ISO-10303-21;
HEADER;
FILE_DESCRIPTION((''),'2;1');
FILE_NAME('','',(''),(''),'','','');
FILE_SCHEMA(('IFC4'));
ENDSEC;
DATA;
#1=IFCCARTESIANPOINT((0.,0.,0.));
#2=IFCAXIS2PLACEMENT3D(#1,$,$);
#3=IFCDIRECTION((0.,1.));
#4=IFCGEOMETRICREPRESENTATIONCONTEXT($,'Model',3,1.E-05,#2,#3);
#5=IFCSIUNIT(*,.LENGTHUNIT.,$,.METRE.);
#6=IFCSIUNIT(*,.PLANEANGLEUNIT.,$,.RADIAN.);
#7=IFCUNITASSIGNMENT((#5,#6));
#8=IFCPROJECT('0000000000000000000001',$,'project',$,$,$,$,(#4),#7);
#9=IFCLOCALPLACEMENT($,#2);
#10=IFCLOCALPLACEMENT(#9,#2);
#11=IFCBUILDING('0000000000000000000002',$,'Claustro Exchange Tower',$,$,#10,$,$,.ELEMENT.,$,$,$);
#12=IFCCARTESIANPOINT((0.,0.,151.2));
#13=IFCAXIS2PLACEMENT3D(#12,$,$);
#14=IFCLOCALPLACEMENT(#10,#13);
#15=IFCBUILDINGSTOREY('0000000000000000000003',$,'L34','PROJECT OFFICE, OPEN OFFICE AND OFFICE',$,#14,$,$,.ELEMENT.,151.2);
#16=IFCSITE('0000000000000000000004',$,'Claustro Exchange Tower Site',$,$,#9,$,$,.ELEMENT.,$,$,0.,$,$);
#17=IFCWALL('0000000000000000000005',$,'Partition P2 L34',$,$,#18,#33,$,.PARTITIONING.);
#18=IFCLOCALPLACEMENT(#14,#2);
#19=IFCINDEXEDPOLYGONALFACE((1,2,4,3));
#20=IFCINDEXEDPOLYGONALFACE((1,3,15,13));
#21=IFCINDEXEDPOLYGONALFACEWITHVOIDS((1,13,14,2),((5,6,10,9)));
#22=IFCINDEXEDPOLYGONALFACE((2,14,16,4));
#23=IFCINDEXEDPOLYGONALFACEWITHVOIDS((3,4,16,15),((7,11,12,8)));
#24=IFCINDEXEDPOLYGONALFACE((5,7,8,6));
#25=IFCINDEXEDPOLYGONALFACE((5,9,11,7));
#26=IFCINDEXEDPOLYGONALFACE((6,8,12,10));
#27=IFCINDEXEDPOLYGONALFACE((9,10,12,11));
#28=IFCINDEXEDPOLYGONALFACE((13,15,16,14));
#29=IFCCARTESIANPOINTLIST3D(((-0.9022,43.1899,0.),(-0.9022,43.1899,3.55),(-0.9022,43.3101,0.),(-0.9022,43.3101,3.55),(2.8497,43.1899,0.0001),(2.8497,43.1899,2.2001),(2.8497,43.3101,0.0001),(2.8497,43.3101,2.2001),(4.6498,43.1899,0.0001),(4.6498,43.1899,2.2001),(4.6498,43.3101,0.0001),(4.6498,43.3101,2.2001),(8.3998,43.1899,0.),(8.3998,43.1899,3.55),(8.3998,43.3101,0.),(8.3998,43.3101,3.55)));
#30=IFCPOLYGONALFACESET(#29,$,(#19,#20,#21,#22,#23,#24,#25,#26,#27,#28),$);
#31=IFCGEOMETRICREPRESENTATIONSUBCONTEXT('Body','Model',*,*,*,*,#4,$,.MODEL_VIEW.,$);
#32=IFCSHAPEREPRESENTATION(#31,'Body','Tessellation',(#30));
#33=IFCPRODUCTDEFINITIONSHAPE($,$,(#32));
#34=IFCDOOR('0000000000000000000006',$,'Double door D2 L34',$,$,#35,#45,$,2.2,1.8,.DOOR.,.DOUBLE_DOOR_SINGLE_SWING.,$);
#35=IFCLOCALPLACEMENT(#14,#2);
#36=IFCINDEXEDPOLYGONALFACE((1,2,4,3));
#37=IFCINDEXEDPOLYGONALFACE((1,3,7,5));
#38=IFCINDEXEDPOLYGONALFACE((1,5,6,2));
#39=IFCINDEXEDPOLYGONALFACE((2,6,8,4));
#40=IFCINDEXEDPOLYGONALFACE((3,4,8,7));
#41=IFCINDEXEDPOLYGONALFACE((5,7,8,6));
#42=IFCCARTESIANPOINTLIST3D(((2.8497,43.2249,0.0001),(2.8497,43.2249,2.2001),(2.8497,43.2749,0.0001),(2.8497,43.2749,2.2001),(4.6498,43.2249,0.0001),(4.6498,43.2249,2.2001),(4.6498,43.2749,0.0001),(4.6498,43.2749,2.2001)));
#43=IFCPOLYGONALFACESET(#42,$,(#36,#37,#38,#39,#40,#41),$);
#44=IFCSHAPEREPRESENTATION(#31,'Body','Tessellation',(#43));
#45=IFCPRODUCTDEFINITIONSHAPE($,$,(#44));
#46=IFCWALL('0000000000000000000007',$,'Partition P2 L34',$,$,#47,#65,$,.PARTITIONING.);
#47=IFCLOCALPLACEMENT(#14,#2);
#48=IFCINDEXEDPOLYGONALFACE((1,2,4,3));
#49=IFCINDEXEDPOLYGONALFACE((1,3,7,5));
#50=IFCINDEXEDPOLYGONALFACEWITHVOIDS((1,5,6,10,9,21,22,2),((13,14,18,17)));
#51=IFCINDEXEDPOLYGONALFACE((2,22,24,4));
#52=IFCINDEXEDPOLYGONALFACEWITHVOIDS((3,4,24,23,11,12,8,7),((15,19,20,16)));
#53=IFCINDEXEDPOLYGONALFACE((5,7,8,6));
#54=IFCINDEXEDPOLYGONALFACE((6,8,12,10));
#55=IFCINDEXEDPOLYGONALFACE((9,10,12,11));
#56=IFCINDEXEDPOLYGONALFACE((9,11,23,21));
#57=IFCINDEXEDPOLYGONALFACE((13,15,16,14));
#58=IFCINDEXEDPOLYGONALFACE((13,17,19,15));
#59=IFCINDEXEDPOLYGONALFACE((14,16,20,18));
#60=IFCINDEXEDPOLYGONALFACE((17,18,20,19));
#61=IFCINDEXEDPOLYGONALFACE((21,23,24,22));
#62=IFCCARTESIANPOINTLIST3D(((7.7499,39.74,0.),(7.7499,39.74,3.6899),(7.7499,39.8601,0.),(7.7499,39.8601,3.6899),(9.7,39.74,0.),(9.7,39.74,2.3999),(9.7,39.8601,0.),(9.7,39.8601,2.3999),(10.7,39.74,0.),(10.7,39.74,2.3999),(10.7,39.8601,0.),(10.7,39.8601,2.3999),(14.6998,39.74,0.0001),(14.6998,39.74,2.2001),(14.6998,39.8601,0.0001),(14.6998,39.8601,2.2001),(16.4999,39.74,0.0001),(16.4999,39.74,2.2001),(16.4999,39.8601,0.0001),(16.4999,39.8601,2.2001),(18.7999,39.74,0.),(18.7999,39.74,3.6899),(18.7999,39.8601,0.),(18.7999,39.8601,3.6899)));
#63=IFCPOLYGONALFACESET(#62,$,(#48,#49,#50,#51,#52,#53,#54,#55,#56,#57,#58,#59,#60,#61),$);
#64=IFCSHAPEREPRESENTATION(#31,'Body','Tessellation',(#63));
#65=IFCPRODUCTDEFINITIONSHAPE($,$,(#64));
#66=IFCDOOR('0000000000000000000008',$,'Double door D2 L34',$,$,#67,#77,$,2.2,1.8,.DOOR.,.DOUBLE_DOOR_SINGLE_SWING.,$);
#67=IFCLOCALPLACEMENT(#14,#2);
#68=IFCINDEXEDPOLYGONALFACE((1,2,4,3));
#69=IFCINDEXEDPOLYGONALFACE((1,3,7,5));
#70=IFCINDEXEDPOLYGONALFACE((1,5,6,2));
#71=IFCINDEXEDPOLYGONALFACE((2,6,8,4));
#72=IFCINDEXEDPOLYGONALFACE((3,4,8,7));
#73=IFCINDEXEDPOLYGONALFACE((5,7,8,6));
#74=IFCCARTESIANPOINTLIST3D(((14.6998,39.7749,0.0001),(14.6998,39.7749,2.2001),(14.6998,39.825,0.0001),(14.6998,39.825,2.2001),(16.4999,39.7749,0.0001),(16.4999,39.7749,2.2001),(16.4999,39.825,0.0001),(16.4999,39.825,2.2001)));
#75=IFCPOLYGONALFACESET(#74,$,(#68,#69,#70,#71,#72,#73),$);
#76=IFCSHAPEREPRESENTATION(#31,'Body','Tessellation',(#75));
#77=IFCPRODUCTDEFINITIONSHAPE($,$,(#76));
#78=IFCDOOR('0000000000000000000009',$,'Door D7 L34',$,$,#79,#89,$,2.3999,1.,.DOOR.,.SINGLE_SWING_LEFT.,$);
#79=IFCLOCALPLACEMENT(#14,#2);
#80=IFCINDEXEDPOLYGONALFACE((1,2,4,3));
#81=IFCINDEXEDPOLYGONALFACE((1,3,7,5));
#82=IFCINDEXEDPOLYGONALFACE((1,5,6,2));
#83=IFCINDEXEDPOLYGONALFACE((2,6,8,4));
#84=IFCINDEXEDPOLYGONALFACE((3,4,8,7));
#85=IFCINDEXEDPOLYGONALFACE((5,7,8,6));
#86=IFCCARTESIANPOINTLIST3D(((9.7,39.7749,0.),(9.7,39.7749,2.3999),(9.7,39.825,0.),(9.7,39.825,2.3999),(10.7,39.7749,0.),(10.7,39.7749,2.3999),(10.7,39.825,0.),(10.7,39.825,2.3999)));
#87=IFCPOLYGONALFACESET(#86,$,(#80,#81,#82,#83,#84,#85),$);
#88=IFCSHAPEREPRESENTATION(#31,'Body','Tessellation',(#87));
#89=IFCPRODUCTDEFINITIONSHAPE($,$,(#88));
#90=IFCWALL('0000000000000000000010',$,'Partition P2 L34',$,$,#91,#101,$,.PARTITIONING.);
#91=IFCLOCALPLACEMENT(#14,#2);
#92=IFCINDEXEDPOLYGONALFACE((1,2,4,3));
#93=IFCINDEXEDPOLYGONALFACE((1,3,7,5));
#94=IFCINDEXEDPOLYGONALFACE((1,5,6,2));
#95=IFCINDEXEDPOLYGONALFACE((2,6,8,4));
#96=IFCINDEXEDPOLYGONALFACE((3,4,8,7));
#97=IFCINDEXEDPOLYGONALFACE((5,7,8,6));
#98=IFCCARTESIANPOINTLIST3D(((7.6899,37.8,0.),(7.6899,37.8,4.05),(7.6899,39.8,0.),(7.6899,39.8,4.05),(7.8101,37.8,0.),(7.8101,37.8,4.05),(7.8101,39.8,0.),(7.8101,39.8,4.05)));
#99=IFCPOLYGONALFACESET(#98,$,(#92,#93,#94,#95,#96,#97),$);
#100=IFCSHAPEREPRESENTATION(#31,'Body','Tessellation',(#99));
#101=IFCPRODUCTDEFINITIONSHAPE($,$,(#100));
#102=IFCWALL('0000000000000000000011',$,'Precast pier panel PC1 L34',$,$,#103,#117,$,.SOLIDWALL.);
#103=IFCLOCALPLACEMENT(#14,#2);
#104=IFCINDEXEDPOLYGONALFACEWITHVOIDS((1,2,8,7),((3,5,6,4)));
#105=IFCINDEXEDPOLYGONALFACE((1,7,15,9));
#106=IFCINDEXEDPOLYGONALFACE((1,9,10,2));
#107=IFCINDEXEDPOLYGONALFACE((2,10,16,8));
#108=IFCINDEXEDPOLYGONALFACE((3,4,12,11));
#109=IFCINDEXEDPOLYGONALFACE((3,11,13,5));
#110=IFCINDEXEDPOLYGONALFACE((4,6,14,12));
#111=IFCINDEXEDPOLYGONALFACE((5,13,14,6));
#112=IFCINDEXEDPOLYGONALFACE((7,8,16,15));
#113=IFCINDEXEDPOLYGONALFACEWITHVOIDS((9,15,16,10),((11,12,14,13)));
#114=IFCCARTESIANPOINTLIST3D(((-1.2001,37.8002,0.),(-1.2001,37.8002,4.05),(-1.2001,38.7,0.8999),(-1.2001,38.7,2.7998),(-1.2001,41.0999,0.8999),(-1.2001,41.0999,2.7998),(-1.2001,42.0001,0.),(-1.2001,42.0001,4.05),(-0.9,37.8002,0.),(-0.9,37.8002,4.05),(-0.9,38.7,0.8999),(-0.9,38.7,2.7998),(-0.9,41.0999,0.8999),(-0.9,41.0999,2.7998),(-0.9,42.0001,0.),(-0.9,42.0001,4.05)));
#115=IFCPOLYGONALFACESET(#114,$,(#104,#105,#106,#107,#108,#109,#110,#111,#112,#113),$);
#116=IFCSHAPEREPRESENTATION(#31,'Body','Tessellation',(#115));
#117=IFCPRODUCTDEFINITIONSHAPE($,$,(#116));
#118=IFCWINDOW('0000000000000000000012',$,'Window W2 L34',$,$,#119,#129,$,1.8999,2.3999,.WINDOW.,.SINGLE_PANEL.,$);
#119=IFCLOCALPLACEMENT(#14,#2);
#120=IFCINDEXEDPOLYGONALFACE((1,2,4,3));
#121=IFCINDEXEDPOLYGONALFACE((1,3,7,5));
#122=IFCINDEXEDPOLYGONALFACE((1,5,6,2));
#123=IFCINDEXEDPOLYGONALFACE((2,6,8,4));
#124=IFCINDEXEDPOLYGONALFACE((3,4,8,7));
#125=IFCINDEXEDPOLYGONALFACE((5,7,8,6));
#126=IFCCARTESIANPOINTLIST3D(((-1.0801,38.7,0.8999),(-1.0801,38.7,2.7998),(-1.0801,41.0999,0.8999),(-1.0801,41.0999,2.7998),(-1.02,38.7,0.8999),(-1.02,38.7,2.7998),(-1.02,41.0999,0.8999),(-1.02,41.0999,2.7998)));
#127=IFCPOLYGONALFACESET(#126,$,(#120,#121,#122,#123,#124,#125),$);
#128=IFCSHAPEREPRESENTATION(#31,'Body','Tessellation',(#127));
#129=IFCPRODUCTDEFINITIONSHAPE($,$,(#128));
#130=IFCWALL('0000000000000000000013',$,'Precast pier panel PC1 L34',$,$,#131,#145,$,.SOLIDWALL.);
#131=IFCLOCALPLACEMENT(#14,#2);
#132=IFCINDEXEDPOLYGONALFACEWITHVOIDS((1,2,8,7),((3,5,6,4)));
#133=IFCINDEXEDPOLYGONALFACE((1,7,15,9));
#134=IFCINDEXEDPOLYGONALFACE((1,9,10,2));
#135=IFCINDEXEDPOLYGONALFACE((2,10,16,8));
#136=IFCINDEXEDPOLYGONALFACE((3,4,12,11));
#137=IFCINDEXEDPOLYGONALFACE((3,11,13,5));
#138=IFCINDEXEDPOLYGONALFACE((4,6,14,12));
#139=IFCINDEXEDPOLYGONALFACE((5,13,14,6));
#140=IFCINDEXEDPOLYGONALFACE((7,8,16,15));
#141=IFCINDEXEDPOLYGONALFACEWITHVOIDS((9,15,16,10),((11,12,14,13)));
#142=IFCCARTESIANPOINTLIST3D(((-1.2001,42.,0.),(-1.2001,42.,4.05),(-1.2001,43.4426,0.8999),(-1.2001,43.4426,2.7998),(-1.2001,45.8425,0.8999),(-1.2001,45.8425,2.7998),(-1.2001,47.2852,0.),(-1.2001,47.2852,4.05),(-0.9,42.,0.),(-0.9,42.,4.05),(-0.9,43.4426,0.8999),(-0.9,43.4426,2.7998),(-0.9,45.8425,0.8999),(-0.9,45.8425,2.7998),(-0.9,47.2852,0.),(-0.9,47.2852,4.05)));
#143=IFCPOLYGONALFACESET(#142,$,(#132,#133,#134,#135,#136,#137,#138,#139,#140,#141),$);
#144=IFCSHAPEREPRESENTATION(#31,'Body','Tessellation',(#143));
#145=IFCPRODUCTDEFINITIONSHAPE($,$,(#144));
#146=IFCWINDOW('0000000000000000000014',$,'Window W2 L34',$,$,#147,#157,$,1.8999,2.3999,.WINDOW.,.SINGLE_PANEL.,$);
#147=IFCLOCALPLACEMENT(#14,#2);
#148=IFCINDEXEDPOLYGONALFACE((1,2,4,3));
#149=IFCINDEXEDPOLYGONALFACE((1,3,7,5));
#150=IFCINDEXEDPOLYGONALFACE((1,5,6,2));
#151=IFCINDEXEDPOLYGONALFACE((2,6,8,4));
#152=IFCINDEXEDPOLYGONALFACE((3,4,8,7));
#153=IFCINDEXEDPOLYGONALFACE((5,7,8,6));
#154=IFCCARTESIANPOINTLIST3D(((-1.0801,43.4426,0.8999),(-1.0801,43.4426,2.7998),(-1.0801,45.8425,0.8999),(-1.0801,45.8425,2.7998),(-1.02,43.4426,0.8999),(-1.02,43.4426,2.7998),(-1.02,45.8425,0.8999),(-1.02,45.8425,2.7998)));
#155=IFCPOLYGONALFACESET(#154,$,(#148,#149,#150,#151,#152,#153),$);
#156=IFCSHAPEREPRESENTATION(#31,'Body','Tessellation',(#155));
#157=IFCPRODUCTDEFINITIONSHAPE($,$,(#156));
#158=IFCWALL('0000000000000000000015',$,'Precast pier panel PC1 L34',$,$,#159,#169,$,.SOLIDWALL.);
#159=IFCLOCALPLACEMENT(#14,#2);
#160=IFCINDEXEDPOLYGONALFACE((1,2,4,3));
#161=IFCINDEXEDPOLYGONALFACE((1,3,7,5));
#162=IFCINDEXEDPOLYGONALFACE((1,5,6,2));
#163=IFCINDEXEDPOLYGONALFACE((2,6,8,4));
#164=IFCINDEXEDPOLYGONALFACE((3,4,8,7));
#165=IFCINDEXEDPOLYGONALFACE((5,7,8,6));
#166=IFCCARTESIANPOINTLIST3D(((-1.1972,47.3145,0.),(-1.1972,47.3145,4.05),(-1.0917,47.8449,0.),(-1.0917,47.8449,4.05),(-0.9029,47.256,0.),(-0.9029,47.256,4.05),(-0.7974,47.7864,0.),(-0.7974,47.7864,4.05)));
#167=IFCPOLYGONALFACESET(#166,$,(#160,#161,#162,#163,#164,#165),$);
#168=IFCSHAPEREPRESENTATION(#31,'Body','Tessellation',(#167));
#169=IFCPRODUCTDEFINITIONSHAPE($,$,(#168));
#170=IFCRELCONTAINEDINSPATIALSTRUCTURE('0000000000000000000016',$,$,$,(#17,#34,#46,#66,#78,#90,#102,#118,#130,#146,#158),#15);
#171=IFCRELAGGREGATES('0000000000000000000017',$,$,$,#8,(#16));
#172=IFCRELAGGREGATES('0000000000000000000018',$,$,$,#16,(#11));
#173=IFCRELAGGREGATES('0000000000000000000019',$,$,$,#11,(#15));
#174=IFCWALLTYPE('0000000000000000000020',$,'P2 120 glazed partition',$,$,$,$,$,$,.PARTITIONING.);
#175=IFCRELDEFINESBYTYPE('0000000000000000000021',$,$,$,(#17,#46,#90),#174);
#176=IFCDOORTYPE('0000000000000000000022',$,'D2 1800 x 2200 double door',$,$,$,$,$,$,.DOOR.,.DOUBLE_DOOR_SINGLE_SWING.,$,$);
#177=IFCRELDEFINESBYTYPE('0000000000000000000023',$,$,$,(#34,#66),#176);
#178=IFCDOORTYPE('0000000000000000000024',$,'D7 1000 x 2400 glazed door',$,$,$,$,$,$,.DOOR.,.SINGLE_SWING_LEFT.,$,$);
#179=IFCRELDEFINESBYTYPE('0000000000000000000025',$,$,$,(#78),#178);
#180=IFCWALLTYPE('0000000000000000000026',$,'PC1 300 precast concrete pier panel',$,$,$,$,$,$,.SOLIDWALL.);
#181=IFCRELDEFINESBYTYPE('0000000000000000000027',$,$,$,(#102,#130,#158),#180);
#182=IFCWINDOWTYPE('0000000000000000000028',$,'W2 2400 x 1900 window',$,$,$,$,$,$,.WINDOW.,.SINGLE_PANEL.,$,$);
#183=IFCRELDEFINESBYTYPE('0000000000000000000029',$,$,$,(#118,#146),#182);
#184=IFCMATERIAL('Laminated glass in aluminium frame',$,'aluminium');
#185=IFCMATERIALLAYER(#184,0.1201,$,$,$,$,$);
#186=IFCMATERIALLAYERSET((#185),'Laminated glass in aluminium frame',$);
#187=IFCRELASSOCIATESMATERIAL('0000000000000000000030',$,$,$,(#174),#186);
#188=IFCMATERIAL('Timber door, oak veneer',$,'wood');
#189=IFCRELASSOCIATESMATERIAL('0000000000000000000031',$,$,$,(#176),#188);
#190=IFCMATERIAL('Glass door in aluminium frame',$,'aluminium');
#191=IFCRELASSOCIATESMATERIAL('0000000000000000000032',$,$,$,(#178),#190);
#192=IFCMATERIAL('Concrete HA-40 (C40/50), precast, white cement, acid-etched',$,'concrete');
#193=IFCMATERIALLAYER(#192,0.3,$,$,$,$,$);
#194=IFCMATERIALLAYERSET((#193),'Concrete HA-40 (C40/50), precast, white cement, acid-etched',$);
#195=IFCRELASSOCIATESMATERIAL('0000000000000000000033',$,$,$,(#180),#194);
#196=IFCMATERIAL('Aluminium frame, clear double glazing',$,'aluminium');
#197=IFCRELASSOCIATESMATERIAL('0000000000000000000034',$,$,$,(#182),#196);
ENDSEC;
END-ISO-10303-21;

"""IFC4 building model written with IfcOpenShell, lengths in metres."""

from ifc_helpers import new_model, si_unit, direction, frame, frame_2d, origin, place, context, subcontext, project, spatial, rectangle, extrude, material, layer, layer_set, type_object, element, fill, save


model = new_model("IFC4")

# Units and contexts
model_context = context("Model", 3, precision=1e-05, world=origin(), true_north=direction((0.0, 1.0)))
body_context = subcontext(model_context, "Body", "Model", "MODEL_VIEW")
ifc_project = project(units=[si_unit("LENGTHUNIT", "METRE"), si_unit("PLANEANGLEUNIT", "RADIAN")], contexts=[model_context])

# Site, building, storey
site_placement = place(None, origin())
site = spatial("IfcSite", under=ifc_project, at=site_placement, Name="Claustro Exchange Tower Site", CompositionType="ELEMENT", RefElevation=0.0)
building_placement = place(site_placement, origin())
building = spatial("IfcBuilding", under=site, at=building_placement, Name="Claustro Exchange Tower", CompositionType="ELEMENT")
storey_placement = place(building_placement, frame((0.0, 0.0, 151.2)))
storey = spatial("IfcBuildingStorey", under=building, at=storey_placement, Name="L34", Description="PROJECT OFFICE, OPEN OFFICE AND OFFICE", CompositionType="ELEMENT", Elevation=151.2)

# Wall, opening, door
ifc_material_1 = material(Name="Laminated glass in aluminium frame", Category="aluminium")
ifc_layer_1 = layer(ifc_material_1, 0.1201)
ifc_layer_set_1 = layer_set([ifc_layer_1], Name="Laminated glass in aluminium frame")
wall_type_1 = type_object("IfcWallType", Name="P2 120 glazed partition", PredefinedType="PARTITIONING", material=ifc_layer_set_1)
wall_1_placement = place(storey_placement, frame((-0.9021, 43.25, 0.0), z_axis=(0.0, 0.0, 1.0), x_axis=(1.0, 0.0, 0.0)))
wall_1 = element("IfcWall", 1, at=wall_1_placement, inside=storey, type_object=wall_type_1, Name="Partition P2 L34", PredefinedType="PARTITIONING", context=body_context, shape_type="SweptSolid", body=[
    extrude(rectangle(XDim=9.302, YDim=0.1201, at=frame_2d((4.6509, 0.0))), origin(), (0.0, 0.0, 1.0), 3.55),
])
opening_1_placement = place(wall_1_placement, frame((3.752, 0.0, 0.0)))
opening_1 = element("IfcOpeningElement", 2, at=opening_1_placement, cuts=wall_1, PredefinedType="OPENING", context=body_context, shape_type="SweptSolid", body=[
    extrude(rectangle(XDim=1.8, YDim=2.2, at=frame_2d((0.8999, 1.1001))), frame((0.0, 0.0701, 0.0), z_axis=(0.0, -1.0, 0.0), x_axis=(1.0, 0.0, 0.0)), (0.0, 0.0, 1.0), 0.1401),
])
ifc_material_2 = material(Name="Timber door, oak veneer", Category="wood")
door_type_1 = type_object("IfcDoorType", Name="D2 1800 x 2200 double door", OperationType="DOUBLE_DOOR_SINGLE_SWING", PredefinedType="DOOR", material=ifc_material_2)
door_1_placement = place(opening_1_placement, origin())
door_1 = element("IfcDoor", 3, at=door_1_placement, inside=storey, type_object=door_type_1, Name="Double door D2 L34", OperationType="DOUBLE_DOOR_SINGLE_SWING", OverallHeight=2.2, OverallWidth=1.8, PredefinedType="DOOR", context=body_context, shape_type="SweptSolid", body=[
    extrude(rectangle(XDim=1.8, YDim=2.2, at=frame_2d((0.8999, 1.1001))), frame((0.0, 0.0249, 0.0), z_axis=(0.0, -1.0, 0.0), x_axis=(1.0, 0.0, 0.0)), (0.0, 0.0, 1.0), 0.05),
])
fill(opening_1, door_1)

# Wall, openings, doors
wall_2_placement = place(storey_placement, frame((7.75, 39.8, 0.0), z_axis=(0.0, 0.0, 1.0), x_axis=(1.0, 0.0, 0.0)))
wall_2 = element("IfcWall", 4, at=wall_2_placement, inside=storey, type_object=wall_type_1, Name="Partition P2 L34", PredefinedType="PARTITIONING", context=body_context, shape_type="SweptSolid", body=[
    extrude(rectangle(XDim=11.05, YDim=0.1201, at=frame_2d((5.5249, 0.0))), origin(), (0.0, 0.0, 1.0), 3.6899),
])
opening_2_placement = place(wall_2_placement, frame((1.95, 0.0, 0.0)))
opening_2 = element("IfcOpeningElement", 5, at=opening_2_placement, cuts=wall_2, PredefinedType="OPENING", context=body_context, shape_type="SweptSolid", body=[
    extrude(rectangle(XDim=1.0, YDim=2.3999, at=frame_2d((0.5, 1.2))), frame((0.0, 0.0701, 0.0), z_axis=(0.0, -1.0, 0.0), x_axis=(1.0, 0.0, 0.0)), (0.0, 0.0, 1.0), 0.1401),
])
opening_3_placement = place(wall_2_placement, frame((6.95, 0.0, 0.0)))
opening_3 = element("IfcOpeningElement", 6, at=opening_3_placement, cuts=wall_2, PredefinedType="OPENING", context=body_context, shape_type="SweptSolid", body=[
    extrude(rectangle(XDim=1.8, YDim=2.2, at=frame_2d((0.8999, 1.1001))), frame((0.0, 0.0701, 0.0), z_axis=(0.0, -1.0, 0.0), x_axis=(1.0, 0.0, 0.0)), (0.0, 0.0, 1.0), 0.1401),
])
door_2_placement = place(opening_3_placement, origin())
door_2 = element("IfcDoor", 7, at=door_2_placement, inside=storey, type_object=door_type_1, Name="Double door D2 L34", OperationType="DOUBLE_DOOR_SINGLE_SWING", OverallHeight=2.2, OverallWidth=1.8, PredefinedType="DOOR", context=body_context, shape_type="SweptSolid", body=[
    extrude(rectangle(XDim=1.8, YDim=2.2, at=frame_2d((0.8999, 1.1001))), frame((0.0, 0.0249, 0.0), z_axis=(0.0, -1.0, 0.0), x_axis=(1.0, 0.0, 0.0)), (0.0, 0.0, 1.0), 0.05),
])
fill(opening_3, door_2)
ifc_material_3 = material(Name="Glass door in aluminium frame", Category="aluminium")
door_type_2 = type_object("IfcDoorType", Name="D7 1000 x 2400 glazed door", OperationType="SINGLE_SWING_LEFT", PredefinedType="DOOR", material=ifc_material_3)
door_3_placement = place(opening_2_placement, origin())
door_3 = element("IfcDoor", 8, at=door_3_placement, inside=storey, type_object=door_type_2, Name="Door D7 L34", OperationType="SINGLE_SWING_LEFT", OverallHeight=2.3999, OverallWidth=1.0, PredefinedType="DOOR", context=body_context, shape_type="SweptSolid", body=[
    extrude(rectangle(XDim=1.0, YDim=2.3999, at=frame_2d((0.5, 1.2))), frame((0.0, 0.0249, 0.0), z_axis=(0.0, -1.0, 0.0), x_axis=(1.0, 0.0, 0.0)), (0.0, 0.0, 1.0), 0.05),
])
fill(opening_2, door_3)

# Wall
wall_3_placement = place(storey_placement, frame((7.75, 37.8, 0.0), z_axis=(0.0, 0.0, 1.0), x_axis=(0.0, 1.0, 0.0)))
element("IfcWall", 9, at=wall_3_placement, inside=storey, type_object=wall_type_1, Name="Partition P2 L34", PredefinedType="PARTITIONING", context=body_context, shape_type="SweptSolid", body=[
    extrude(rectangle(XDim=2.0, YDim=0.1201, at=frame_2d((1.0, 0.0))), origin(), (0.0, 0.0, 1.0), 4.05),
])

# Walls, openings, windows
ifc_material_4 = material(Name="Concrete HA-40 (C40/50), precast, white cement, acid-etched", Category="concrete")
ifc_layer_2 = layer(ifc_material_4, 0.3)
ifc_layer_set_2 = layer_set([ifc_layer_2], Name="Concrete HA-40 (C40/50), precast, white cement, acid-etched")
wall_type_2 = type_object("IfcWallType", Name="PC1 300 precast concrete pier panel", PredefinedType="SOLIDWALL", material=ifc_layer_set_2)
wall_4_placement = place(storey_placement, frame((-1.05, 37.8, 0.0), z_axis=(0.0, 0.0, 1.0), x_axis=(0.0, 1.0, 0.0)))
wall_4 = element("IfcWall", 10, at=wall_4_placement, inside=storey, type_object=wall_type_2, Name="Precast pier panel PC1 L34", PredefinedType="SOLIDWALL", context=body_context, shape_type="SweptSolid", body=[
    extrude(rectangle(XDim=4.2, YDim=0.3, at=frame_2d((2.1001, 0.0))), origin(), (0.0, 0.0, 1.0), 4.05),
])
opening_4_placement = place(wall_4_placement, frame((0.8999, 0.0, 0.8999)))
opening_4 = element("IfcOpeningElement", 11, at=opening_4_placement, cuts=wall_4, PredefinedType="OPENING", context=body_context, shape_type="SweptSolid", body=[
    extrude(rectangle(XDim=2.3999, YDim=1.8999, at=frame_2d((1.2, 0.95))), frame((0.0, 0.1599, 0.0), z_axis=(0.0, -1.0, 0.0), x_axis=(1.0, 0.0, 0.0)), (0.0, 0.0, 1.0), 0.3201),
])
ifc_material_5 = material(Name="Aluminium frame, clear double glazing", Category="aluminium")
window_type_1 = type_object("IfcWindowType", Name="W2 2400 x 1900 window", PartitioningType="SINGLE_PANEL", PredefinedType="WINDOW", material=ifc_material_5)
window_1_placement = place(opening_4_placement, origin())
window_1 = element("IfcWindow", 12, at=window_1_placement, inside=storey, type_object=window_type_1, Name="Window W2 L34", OverallHeight=1.8999, OverallWidth=2.3999, PartitioningType="SINGLE_PANEL", PredefinedType="WINDOW", context=body_context, shape_type="SweptSolid", body=[
    extrude(rectangle(XDim=2.3999, YDim=1.8999, at=frame_2d((1.2, 0.95))), frame((0.0, 0.03, 0.0), z_axis=(0.0, -1.0, 0.0), x_axis=(1.0, 0.0, 0.0)), (0.0, 0.0, 1.0), 0.0601),
])
fill(opening_4, window_1)
wall_5_placement = place(storey_placement, frame((-1.05, 42.0, 0.0), z_axis=(0.0, 0.0, 1.0), x_axis=(0.0, 1.0, 0.0)))
wall_5 = element("IfcWall", 13, at=wall_5_placement, inside=storey, type_object=wall_type_2, Name="Precast pier panel PC1 L34", PredefinedType="SOLIDWALL", context=body_context, shape_type="SweptSolid", body=[
    extrude(rectangle(XDim=5.2852, YDim=0.3, at=frame_2d((2.6426, 0.0))), origin(), (0.0, 0.0, 1.0), 4.05),
])
opening_5_placement = place(wall_5_placement, frame((1.4426, 0.0, 0.8999)))
opening_5 = element("IfcOpeningElement", 14, at=opening_5_placement, cuts=wall_5, PredefinedType="OPENING", context=body_context, shape_type="SweptSolid", body=[
    extrude(rectangle(XDim=2.3999, YDim=1.8999, at=frame_2d((1.2, 0.95))), frame((0.0, 0.1599, 0.0), z_axis=(0.0, -1.0, 0.0), x_axis=(1.0, 0.0, 0.0)), (0.0, 0.0, 1.0), 0.3201),
])
window_2_placement = place(opening_5_placement, origin())
window_2 = element("IfcWindow", 15, at=window_2_placement, inside=storey, type_object=window_type_1, Name="Window W2 L34", OverallHeight=1.8999, OverallWidth=2.3999, PartitioningType="SINGLE_PANEL", PredefinedType="WINDOW", context=body_context, shape_type="SweptSolid", body=[
    extrude(rectangle(XDim=2.3999, YDim=1.8999, at=frame_2d((1.2, 0.95))), frame((0.0, 0.03, 0.0), z_axis=(0.0, -1.0, 0.0), x_axis=(1.0, 0.0, 0.0)), (0.0, 0.0, 1.0), 0.0601),
])
fill(opening_5, window_2)

# Wall
wall_6_placement = place(storey_placement, frame((-1.05, 47.2852, 0.0), z_axis=(0.0, 0.0, 1.0), x_axis=(0.195074, 0.980789, 0.0)))
element("IfcWall", 16, at=wall_6_placement, inside=storey, type_object=wall_type_2, Name="Precast pier panel PC1 L34", PredefinedType="SOLIDWALL", context=body_context, shape_type="SweptSolid", body=[
    extrude(rectangle(XDim=0.5408, YDim=0.3, at=frame_2d((0.2705, 0.0))), origin(), (0.0, 0.0, 1.0), 4.05),
])

save(model, "model.ifc")
